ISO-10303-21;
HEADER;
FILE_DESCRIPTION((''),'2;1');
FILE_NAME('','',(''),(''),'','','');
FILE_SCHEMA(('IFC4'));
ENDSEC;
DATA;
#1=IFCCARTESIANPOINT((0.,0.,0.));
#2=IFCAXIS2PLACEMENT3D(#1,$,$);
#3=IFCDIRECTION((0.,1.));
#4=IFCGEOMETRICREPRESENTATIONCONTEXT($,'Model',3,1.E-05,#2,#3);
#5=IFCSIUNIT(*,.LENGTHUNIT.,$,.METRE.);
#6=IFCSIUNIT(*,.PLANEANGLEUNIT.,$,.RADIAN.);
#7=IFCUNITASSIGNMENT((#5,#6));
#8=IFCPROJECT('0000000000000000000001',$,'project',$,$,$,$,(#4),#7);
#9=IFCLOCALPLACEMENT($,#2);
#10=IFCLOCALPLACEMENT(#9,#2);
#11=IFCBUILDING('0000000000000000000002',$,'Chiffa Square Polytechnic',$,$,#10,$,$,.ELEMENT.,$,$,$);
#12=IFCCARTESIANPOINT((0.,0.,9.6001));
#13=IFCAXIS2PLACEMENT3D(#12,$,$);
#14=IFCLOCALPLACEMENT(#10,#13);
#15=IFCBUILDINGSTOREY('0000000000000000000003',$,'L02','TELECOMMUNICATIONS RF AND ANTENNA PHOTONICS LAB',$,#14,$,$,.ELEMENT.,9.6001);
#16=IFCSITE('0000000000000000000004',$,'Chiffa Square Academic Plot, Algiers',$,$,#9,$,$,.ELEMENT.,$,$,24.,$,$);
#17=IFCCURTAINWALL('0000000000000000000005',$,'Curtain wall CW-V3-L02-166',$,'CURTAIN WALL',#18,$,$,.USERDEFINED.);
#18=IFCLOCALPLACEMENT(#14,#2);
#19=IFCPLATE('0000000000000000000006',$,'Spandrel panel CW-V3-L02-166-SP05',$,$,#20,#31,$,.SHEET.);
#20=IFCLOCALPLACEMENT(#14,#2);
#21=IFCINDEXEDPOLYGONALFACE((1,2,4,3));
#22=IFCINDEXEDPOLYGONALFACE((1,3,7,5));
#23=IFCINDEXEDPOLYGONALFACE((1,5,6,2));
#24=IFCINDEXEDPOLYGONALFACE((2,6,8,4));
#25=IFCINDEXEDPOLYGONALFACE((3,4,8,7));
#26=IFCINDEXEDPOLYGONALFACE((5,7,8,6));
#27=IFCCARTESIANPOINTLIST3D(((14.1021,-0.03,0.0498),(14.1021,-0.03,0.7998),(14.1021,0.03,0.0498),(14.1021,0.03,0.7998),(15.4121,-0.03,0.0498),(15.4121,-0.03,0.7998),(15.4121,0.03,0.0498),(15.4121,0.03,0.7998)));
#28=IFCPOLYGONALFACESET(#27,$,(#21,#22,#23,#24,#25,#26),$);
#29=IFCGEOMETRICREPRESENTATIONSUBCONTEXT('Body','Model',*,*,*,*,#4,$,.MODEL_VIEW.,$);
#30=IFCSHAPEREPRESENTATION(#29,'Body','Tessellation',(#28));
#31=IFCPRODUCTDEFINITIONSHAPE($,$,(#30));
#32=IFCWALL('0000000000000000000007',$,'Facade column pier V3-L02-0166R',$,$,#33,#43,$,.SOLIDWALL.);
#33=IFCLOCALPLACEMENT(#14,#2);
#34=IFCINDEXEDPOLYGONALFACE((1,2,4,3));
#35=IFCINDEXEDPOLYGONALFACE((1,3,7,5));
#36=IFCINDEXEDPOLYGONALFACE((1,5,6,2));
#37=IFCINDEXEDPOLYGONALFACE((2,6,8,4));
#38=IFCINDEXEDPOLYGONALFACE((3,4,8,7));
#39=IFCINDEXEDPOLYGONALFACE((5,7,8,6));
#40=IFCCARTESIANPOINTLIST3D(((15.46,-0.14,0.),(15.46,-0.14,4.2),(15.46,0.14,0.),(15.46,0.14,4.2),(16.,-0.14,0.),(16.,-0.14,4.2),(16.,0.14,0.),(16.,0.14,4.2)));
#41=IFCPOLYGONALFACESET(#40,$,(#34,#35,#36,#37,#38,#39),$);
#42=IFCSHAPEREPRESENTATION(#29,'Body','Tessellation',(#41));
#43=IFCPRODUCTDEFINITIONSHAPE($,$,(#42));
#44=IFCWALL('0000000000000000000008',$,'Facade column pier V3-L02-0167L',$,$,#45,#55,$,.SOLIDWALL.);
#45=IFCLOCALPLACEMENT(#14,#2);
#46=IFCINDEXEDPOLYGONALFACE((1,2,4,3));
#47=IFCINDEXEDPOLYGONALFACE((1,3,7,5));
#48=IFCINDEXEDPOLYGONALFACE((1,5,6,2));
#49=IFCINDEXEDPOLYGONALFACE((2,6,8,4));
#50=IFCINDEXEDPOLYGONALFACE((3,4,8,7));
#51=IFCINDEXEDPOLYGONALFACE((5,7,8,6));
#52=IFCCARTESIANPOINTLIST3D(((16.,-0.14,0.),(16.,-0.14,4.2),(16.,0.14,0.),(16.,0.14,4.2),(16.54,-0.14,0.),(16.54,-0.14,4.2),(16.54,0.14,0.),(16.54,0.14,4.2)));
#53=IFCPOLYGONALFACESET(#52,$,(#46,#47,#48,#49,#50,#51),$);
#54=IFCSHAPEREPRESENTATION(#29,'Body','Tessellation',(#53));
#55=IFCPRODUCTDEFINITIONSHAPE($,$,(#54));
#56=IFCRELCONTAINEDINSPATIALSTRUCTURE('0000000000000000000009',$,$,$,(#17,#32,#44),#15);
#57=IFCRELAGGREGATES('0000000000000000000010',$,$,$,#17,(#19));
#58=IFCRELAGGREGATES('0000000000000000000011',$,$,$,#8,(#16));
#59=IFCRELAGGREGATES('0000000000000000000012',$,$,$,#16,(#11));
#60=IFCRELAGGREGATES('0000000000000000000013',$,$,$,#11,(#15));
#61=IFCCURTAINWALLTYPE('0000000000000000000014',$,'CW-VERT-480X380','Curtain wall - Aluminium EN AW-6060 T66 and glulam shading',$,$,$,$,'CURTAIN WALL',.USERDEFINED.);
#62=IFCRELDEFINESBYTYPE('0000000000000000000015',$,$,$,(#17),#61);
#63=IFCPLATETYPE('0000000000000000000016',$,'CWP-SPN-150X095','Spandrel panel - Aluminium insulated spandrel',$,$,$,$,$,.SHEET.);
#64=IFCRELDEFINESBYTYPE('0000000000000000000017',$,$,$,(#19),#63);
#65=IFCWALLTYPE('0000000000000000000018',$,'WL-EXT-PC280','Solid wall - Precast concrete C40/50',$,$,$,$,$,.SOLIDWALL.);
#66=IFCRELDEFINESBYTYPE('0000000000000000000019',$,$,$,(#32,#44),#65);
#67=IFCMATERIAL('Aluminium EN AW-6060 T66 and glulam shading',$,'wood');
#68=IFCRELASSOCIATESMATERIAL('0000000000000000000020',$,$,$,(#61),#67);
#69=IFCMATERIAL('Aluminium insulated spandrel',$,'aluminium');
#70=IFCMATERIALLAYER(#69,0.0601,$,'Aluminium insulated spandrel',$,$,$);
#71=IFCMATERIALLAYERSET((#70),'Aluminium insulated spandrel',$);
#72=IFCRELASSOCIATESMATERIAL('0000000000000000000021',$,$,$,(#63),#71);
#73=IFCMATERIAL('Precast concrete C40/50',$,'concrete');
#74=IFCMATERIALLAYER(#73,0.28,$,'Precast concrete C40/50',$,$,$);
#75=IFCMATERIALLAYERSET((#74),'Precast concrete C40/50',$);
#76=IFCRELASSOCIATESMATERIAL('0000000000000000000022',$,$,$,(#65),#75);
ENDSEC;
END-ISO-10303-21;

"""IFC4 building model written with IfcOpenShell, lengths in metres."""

from ifc_helpers import new_model, si_unit, direction, frame, frame_2d, origin, origin_2d, place, context, subcontext, project, spatial, rectangle, extrude, material, layer, layer_set, type_object, element, aggregate, save


model = new_model("IFC4")

# Units and contexts
model_context = context("Model", 3, precision=1e-05, world=origin(), true_north=direction((0.0, 1.0)))
body_context = subcontext(model_context, "Body", "Model", "MODEL_VIEW")
ifc_project = project(units=[si_unit("LENGTHUNIT", "METRE"), si_unit("PLANEANGLEUNIT", "RADIAN")], contexts=[model_context])

# Site, building, storey
site_placement = place(None, origin())
site = spatial("IfcSite", under=ifc_project, at=site_placement, Name="Chiffa Square Academic Plot, Algiers", CompositionType="ELEMENT", RefElevation=24.0)
building_placement = place(site_placement, origin())
building = spatial("IfcBuilding", under=site, at=building_placement, Name="Chiffa Square Polytechnic", CompositionType="ELEMENT")
storey_placement = place(building_placement, frame((0.0, 0.0, 9.6001)))
storey = spatial("IfcBuildingStorey", under=building, at=storey_placement, Name="L02", Description="TELECOMMUNICATIONS RF AND ANTENNA PHOTONICS LAB", CompositionType="ELEMENT", Elevation=9.6001)

# Curtain wall
ifc_material_1 = material(Name="Aluminium EN AW-6060 T66 and glulam shading", Category="wood")
curtain_wall_type_1 = type_object("IfcCurtainWallType", Name="CW-VERT-480X380", Description="Curtain wall - Aluminium EN AW-6060 T66 and glulam shading", ElementType="CURTAIN WALL", PredefinedType="USERDEFINED", material=ifc_material_1)
curtain_wall_1_placement = place(storey_placement, origin())
curtain_wall_1 = element("IfcCurtainWall", 1, at=curtain_wall_1_placement, inside=storey, type_object=curtain_wall_type_1, Name="Curtain wall CW-V3-L02-166", ObjectType="CURTAIN WALL", PredefinedType="USERDEFINED")

# Plate
ifc_material_2 = material(Name="Aluminium insulated spandrel", Category="aluminium")
ifc_layer_1 = layer(ifc_material_2, 0.0601, Name="Aluminium insulated spandrel")
ifc_layer_set_1 = layer_set([ifc_layer_1], Name="Aluminium insulated spandrel")
plate_type_1 = type_object("IfcPlateType", Name="CWP-SPN-150X095", Description="Spandrel panel - Aluminium insulated spandrel", PredefinedType="SHEET", material=ifc_layer_set_1)
plate_1_placement = place(storey_placement, frame((14.7571, 0.0, 0.0498), z_axis=(0.0, 0.0, 1.0), x_axis=(1.0, 0.0, 0.0)))
plate_1 = element("IfcPlate", 2, at=plate_1_placement, type_object=plate_type_1, Name="Spandrel panel CW-V3-L02-166-SP05", PredefinedType="SHEET", context=body_context, shape_type="SweptSolid", body=[
    extrude(rectangle(XDim=1.3101, YDim=0.0601, at=origin_2d()), origin(), (0.0, 0.0, 1.0), 0.75),
])
aggregate(curtain_wall_1, [plate_1])

# Walls
ifc_material_3 = material(Name="Precast concrete C40/50", Category="concrete")
ifc_layer_2 = layer(ifc_material_3, 0.28, Name="Precast concrete C40/50")
ifc_layer_set_2 = layer_set([ifc_layer_2], Name="Precast concrete C40/50")
wall_type = type_object("IfcWallType", Name="WL-EXT-PC280", Description="Solid wall - Precast concrete C40/50", PredefinedType="SOLIDWALL", material=ifc_layer_set_2)
for number, where, z_axis, x_axis, name in (
    (3, (15.46, 0.0, 0.0), (0.0, 0.0, 1.0), (1.0, 0.0, 0.0), "Facade column pier V3-L02-0166R"),
    (4, (16.0, 0.0, 0.0), (0.0, 0.0, 1.0), (1.0, 0.0, 0.0), "Facade column pier V3-L02-0167L"),
):
    element("IfcWall", number, at=place(storey_placement, frame(where, z_axis=z_axis, x_axis=x_axis)), inside=storey, type_object=wall_type, Name=name, PredefinedType="SOLIDWALL", context=body_context, shape_type="SweptSolid", body=[
        extrude(rectangle(XDim=0.54, YDim=0.28, at=frame_2d((0.27, 0.0))), origin(), (0.0, 0.0, 1.0), 4.2),
    ])

save(model, "model.ifc")
